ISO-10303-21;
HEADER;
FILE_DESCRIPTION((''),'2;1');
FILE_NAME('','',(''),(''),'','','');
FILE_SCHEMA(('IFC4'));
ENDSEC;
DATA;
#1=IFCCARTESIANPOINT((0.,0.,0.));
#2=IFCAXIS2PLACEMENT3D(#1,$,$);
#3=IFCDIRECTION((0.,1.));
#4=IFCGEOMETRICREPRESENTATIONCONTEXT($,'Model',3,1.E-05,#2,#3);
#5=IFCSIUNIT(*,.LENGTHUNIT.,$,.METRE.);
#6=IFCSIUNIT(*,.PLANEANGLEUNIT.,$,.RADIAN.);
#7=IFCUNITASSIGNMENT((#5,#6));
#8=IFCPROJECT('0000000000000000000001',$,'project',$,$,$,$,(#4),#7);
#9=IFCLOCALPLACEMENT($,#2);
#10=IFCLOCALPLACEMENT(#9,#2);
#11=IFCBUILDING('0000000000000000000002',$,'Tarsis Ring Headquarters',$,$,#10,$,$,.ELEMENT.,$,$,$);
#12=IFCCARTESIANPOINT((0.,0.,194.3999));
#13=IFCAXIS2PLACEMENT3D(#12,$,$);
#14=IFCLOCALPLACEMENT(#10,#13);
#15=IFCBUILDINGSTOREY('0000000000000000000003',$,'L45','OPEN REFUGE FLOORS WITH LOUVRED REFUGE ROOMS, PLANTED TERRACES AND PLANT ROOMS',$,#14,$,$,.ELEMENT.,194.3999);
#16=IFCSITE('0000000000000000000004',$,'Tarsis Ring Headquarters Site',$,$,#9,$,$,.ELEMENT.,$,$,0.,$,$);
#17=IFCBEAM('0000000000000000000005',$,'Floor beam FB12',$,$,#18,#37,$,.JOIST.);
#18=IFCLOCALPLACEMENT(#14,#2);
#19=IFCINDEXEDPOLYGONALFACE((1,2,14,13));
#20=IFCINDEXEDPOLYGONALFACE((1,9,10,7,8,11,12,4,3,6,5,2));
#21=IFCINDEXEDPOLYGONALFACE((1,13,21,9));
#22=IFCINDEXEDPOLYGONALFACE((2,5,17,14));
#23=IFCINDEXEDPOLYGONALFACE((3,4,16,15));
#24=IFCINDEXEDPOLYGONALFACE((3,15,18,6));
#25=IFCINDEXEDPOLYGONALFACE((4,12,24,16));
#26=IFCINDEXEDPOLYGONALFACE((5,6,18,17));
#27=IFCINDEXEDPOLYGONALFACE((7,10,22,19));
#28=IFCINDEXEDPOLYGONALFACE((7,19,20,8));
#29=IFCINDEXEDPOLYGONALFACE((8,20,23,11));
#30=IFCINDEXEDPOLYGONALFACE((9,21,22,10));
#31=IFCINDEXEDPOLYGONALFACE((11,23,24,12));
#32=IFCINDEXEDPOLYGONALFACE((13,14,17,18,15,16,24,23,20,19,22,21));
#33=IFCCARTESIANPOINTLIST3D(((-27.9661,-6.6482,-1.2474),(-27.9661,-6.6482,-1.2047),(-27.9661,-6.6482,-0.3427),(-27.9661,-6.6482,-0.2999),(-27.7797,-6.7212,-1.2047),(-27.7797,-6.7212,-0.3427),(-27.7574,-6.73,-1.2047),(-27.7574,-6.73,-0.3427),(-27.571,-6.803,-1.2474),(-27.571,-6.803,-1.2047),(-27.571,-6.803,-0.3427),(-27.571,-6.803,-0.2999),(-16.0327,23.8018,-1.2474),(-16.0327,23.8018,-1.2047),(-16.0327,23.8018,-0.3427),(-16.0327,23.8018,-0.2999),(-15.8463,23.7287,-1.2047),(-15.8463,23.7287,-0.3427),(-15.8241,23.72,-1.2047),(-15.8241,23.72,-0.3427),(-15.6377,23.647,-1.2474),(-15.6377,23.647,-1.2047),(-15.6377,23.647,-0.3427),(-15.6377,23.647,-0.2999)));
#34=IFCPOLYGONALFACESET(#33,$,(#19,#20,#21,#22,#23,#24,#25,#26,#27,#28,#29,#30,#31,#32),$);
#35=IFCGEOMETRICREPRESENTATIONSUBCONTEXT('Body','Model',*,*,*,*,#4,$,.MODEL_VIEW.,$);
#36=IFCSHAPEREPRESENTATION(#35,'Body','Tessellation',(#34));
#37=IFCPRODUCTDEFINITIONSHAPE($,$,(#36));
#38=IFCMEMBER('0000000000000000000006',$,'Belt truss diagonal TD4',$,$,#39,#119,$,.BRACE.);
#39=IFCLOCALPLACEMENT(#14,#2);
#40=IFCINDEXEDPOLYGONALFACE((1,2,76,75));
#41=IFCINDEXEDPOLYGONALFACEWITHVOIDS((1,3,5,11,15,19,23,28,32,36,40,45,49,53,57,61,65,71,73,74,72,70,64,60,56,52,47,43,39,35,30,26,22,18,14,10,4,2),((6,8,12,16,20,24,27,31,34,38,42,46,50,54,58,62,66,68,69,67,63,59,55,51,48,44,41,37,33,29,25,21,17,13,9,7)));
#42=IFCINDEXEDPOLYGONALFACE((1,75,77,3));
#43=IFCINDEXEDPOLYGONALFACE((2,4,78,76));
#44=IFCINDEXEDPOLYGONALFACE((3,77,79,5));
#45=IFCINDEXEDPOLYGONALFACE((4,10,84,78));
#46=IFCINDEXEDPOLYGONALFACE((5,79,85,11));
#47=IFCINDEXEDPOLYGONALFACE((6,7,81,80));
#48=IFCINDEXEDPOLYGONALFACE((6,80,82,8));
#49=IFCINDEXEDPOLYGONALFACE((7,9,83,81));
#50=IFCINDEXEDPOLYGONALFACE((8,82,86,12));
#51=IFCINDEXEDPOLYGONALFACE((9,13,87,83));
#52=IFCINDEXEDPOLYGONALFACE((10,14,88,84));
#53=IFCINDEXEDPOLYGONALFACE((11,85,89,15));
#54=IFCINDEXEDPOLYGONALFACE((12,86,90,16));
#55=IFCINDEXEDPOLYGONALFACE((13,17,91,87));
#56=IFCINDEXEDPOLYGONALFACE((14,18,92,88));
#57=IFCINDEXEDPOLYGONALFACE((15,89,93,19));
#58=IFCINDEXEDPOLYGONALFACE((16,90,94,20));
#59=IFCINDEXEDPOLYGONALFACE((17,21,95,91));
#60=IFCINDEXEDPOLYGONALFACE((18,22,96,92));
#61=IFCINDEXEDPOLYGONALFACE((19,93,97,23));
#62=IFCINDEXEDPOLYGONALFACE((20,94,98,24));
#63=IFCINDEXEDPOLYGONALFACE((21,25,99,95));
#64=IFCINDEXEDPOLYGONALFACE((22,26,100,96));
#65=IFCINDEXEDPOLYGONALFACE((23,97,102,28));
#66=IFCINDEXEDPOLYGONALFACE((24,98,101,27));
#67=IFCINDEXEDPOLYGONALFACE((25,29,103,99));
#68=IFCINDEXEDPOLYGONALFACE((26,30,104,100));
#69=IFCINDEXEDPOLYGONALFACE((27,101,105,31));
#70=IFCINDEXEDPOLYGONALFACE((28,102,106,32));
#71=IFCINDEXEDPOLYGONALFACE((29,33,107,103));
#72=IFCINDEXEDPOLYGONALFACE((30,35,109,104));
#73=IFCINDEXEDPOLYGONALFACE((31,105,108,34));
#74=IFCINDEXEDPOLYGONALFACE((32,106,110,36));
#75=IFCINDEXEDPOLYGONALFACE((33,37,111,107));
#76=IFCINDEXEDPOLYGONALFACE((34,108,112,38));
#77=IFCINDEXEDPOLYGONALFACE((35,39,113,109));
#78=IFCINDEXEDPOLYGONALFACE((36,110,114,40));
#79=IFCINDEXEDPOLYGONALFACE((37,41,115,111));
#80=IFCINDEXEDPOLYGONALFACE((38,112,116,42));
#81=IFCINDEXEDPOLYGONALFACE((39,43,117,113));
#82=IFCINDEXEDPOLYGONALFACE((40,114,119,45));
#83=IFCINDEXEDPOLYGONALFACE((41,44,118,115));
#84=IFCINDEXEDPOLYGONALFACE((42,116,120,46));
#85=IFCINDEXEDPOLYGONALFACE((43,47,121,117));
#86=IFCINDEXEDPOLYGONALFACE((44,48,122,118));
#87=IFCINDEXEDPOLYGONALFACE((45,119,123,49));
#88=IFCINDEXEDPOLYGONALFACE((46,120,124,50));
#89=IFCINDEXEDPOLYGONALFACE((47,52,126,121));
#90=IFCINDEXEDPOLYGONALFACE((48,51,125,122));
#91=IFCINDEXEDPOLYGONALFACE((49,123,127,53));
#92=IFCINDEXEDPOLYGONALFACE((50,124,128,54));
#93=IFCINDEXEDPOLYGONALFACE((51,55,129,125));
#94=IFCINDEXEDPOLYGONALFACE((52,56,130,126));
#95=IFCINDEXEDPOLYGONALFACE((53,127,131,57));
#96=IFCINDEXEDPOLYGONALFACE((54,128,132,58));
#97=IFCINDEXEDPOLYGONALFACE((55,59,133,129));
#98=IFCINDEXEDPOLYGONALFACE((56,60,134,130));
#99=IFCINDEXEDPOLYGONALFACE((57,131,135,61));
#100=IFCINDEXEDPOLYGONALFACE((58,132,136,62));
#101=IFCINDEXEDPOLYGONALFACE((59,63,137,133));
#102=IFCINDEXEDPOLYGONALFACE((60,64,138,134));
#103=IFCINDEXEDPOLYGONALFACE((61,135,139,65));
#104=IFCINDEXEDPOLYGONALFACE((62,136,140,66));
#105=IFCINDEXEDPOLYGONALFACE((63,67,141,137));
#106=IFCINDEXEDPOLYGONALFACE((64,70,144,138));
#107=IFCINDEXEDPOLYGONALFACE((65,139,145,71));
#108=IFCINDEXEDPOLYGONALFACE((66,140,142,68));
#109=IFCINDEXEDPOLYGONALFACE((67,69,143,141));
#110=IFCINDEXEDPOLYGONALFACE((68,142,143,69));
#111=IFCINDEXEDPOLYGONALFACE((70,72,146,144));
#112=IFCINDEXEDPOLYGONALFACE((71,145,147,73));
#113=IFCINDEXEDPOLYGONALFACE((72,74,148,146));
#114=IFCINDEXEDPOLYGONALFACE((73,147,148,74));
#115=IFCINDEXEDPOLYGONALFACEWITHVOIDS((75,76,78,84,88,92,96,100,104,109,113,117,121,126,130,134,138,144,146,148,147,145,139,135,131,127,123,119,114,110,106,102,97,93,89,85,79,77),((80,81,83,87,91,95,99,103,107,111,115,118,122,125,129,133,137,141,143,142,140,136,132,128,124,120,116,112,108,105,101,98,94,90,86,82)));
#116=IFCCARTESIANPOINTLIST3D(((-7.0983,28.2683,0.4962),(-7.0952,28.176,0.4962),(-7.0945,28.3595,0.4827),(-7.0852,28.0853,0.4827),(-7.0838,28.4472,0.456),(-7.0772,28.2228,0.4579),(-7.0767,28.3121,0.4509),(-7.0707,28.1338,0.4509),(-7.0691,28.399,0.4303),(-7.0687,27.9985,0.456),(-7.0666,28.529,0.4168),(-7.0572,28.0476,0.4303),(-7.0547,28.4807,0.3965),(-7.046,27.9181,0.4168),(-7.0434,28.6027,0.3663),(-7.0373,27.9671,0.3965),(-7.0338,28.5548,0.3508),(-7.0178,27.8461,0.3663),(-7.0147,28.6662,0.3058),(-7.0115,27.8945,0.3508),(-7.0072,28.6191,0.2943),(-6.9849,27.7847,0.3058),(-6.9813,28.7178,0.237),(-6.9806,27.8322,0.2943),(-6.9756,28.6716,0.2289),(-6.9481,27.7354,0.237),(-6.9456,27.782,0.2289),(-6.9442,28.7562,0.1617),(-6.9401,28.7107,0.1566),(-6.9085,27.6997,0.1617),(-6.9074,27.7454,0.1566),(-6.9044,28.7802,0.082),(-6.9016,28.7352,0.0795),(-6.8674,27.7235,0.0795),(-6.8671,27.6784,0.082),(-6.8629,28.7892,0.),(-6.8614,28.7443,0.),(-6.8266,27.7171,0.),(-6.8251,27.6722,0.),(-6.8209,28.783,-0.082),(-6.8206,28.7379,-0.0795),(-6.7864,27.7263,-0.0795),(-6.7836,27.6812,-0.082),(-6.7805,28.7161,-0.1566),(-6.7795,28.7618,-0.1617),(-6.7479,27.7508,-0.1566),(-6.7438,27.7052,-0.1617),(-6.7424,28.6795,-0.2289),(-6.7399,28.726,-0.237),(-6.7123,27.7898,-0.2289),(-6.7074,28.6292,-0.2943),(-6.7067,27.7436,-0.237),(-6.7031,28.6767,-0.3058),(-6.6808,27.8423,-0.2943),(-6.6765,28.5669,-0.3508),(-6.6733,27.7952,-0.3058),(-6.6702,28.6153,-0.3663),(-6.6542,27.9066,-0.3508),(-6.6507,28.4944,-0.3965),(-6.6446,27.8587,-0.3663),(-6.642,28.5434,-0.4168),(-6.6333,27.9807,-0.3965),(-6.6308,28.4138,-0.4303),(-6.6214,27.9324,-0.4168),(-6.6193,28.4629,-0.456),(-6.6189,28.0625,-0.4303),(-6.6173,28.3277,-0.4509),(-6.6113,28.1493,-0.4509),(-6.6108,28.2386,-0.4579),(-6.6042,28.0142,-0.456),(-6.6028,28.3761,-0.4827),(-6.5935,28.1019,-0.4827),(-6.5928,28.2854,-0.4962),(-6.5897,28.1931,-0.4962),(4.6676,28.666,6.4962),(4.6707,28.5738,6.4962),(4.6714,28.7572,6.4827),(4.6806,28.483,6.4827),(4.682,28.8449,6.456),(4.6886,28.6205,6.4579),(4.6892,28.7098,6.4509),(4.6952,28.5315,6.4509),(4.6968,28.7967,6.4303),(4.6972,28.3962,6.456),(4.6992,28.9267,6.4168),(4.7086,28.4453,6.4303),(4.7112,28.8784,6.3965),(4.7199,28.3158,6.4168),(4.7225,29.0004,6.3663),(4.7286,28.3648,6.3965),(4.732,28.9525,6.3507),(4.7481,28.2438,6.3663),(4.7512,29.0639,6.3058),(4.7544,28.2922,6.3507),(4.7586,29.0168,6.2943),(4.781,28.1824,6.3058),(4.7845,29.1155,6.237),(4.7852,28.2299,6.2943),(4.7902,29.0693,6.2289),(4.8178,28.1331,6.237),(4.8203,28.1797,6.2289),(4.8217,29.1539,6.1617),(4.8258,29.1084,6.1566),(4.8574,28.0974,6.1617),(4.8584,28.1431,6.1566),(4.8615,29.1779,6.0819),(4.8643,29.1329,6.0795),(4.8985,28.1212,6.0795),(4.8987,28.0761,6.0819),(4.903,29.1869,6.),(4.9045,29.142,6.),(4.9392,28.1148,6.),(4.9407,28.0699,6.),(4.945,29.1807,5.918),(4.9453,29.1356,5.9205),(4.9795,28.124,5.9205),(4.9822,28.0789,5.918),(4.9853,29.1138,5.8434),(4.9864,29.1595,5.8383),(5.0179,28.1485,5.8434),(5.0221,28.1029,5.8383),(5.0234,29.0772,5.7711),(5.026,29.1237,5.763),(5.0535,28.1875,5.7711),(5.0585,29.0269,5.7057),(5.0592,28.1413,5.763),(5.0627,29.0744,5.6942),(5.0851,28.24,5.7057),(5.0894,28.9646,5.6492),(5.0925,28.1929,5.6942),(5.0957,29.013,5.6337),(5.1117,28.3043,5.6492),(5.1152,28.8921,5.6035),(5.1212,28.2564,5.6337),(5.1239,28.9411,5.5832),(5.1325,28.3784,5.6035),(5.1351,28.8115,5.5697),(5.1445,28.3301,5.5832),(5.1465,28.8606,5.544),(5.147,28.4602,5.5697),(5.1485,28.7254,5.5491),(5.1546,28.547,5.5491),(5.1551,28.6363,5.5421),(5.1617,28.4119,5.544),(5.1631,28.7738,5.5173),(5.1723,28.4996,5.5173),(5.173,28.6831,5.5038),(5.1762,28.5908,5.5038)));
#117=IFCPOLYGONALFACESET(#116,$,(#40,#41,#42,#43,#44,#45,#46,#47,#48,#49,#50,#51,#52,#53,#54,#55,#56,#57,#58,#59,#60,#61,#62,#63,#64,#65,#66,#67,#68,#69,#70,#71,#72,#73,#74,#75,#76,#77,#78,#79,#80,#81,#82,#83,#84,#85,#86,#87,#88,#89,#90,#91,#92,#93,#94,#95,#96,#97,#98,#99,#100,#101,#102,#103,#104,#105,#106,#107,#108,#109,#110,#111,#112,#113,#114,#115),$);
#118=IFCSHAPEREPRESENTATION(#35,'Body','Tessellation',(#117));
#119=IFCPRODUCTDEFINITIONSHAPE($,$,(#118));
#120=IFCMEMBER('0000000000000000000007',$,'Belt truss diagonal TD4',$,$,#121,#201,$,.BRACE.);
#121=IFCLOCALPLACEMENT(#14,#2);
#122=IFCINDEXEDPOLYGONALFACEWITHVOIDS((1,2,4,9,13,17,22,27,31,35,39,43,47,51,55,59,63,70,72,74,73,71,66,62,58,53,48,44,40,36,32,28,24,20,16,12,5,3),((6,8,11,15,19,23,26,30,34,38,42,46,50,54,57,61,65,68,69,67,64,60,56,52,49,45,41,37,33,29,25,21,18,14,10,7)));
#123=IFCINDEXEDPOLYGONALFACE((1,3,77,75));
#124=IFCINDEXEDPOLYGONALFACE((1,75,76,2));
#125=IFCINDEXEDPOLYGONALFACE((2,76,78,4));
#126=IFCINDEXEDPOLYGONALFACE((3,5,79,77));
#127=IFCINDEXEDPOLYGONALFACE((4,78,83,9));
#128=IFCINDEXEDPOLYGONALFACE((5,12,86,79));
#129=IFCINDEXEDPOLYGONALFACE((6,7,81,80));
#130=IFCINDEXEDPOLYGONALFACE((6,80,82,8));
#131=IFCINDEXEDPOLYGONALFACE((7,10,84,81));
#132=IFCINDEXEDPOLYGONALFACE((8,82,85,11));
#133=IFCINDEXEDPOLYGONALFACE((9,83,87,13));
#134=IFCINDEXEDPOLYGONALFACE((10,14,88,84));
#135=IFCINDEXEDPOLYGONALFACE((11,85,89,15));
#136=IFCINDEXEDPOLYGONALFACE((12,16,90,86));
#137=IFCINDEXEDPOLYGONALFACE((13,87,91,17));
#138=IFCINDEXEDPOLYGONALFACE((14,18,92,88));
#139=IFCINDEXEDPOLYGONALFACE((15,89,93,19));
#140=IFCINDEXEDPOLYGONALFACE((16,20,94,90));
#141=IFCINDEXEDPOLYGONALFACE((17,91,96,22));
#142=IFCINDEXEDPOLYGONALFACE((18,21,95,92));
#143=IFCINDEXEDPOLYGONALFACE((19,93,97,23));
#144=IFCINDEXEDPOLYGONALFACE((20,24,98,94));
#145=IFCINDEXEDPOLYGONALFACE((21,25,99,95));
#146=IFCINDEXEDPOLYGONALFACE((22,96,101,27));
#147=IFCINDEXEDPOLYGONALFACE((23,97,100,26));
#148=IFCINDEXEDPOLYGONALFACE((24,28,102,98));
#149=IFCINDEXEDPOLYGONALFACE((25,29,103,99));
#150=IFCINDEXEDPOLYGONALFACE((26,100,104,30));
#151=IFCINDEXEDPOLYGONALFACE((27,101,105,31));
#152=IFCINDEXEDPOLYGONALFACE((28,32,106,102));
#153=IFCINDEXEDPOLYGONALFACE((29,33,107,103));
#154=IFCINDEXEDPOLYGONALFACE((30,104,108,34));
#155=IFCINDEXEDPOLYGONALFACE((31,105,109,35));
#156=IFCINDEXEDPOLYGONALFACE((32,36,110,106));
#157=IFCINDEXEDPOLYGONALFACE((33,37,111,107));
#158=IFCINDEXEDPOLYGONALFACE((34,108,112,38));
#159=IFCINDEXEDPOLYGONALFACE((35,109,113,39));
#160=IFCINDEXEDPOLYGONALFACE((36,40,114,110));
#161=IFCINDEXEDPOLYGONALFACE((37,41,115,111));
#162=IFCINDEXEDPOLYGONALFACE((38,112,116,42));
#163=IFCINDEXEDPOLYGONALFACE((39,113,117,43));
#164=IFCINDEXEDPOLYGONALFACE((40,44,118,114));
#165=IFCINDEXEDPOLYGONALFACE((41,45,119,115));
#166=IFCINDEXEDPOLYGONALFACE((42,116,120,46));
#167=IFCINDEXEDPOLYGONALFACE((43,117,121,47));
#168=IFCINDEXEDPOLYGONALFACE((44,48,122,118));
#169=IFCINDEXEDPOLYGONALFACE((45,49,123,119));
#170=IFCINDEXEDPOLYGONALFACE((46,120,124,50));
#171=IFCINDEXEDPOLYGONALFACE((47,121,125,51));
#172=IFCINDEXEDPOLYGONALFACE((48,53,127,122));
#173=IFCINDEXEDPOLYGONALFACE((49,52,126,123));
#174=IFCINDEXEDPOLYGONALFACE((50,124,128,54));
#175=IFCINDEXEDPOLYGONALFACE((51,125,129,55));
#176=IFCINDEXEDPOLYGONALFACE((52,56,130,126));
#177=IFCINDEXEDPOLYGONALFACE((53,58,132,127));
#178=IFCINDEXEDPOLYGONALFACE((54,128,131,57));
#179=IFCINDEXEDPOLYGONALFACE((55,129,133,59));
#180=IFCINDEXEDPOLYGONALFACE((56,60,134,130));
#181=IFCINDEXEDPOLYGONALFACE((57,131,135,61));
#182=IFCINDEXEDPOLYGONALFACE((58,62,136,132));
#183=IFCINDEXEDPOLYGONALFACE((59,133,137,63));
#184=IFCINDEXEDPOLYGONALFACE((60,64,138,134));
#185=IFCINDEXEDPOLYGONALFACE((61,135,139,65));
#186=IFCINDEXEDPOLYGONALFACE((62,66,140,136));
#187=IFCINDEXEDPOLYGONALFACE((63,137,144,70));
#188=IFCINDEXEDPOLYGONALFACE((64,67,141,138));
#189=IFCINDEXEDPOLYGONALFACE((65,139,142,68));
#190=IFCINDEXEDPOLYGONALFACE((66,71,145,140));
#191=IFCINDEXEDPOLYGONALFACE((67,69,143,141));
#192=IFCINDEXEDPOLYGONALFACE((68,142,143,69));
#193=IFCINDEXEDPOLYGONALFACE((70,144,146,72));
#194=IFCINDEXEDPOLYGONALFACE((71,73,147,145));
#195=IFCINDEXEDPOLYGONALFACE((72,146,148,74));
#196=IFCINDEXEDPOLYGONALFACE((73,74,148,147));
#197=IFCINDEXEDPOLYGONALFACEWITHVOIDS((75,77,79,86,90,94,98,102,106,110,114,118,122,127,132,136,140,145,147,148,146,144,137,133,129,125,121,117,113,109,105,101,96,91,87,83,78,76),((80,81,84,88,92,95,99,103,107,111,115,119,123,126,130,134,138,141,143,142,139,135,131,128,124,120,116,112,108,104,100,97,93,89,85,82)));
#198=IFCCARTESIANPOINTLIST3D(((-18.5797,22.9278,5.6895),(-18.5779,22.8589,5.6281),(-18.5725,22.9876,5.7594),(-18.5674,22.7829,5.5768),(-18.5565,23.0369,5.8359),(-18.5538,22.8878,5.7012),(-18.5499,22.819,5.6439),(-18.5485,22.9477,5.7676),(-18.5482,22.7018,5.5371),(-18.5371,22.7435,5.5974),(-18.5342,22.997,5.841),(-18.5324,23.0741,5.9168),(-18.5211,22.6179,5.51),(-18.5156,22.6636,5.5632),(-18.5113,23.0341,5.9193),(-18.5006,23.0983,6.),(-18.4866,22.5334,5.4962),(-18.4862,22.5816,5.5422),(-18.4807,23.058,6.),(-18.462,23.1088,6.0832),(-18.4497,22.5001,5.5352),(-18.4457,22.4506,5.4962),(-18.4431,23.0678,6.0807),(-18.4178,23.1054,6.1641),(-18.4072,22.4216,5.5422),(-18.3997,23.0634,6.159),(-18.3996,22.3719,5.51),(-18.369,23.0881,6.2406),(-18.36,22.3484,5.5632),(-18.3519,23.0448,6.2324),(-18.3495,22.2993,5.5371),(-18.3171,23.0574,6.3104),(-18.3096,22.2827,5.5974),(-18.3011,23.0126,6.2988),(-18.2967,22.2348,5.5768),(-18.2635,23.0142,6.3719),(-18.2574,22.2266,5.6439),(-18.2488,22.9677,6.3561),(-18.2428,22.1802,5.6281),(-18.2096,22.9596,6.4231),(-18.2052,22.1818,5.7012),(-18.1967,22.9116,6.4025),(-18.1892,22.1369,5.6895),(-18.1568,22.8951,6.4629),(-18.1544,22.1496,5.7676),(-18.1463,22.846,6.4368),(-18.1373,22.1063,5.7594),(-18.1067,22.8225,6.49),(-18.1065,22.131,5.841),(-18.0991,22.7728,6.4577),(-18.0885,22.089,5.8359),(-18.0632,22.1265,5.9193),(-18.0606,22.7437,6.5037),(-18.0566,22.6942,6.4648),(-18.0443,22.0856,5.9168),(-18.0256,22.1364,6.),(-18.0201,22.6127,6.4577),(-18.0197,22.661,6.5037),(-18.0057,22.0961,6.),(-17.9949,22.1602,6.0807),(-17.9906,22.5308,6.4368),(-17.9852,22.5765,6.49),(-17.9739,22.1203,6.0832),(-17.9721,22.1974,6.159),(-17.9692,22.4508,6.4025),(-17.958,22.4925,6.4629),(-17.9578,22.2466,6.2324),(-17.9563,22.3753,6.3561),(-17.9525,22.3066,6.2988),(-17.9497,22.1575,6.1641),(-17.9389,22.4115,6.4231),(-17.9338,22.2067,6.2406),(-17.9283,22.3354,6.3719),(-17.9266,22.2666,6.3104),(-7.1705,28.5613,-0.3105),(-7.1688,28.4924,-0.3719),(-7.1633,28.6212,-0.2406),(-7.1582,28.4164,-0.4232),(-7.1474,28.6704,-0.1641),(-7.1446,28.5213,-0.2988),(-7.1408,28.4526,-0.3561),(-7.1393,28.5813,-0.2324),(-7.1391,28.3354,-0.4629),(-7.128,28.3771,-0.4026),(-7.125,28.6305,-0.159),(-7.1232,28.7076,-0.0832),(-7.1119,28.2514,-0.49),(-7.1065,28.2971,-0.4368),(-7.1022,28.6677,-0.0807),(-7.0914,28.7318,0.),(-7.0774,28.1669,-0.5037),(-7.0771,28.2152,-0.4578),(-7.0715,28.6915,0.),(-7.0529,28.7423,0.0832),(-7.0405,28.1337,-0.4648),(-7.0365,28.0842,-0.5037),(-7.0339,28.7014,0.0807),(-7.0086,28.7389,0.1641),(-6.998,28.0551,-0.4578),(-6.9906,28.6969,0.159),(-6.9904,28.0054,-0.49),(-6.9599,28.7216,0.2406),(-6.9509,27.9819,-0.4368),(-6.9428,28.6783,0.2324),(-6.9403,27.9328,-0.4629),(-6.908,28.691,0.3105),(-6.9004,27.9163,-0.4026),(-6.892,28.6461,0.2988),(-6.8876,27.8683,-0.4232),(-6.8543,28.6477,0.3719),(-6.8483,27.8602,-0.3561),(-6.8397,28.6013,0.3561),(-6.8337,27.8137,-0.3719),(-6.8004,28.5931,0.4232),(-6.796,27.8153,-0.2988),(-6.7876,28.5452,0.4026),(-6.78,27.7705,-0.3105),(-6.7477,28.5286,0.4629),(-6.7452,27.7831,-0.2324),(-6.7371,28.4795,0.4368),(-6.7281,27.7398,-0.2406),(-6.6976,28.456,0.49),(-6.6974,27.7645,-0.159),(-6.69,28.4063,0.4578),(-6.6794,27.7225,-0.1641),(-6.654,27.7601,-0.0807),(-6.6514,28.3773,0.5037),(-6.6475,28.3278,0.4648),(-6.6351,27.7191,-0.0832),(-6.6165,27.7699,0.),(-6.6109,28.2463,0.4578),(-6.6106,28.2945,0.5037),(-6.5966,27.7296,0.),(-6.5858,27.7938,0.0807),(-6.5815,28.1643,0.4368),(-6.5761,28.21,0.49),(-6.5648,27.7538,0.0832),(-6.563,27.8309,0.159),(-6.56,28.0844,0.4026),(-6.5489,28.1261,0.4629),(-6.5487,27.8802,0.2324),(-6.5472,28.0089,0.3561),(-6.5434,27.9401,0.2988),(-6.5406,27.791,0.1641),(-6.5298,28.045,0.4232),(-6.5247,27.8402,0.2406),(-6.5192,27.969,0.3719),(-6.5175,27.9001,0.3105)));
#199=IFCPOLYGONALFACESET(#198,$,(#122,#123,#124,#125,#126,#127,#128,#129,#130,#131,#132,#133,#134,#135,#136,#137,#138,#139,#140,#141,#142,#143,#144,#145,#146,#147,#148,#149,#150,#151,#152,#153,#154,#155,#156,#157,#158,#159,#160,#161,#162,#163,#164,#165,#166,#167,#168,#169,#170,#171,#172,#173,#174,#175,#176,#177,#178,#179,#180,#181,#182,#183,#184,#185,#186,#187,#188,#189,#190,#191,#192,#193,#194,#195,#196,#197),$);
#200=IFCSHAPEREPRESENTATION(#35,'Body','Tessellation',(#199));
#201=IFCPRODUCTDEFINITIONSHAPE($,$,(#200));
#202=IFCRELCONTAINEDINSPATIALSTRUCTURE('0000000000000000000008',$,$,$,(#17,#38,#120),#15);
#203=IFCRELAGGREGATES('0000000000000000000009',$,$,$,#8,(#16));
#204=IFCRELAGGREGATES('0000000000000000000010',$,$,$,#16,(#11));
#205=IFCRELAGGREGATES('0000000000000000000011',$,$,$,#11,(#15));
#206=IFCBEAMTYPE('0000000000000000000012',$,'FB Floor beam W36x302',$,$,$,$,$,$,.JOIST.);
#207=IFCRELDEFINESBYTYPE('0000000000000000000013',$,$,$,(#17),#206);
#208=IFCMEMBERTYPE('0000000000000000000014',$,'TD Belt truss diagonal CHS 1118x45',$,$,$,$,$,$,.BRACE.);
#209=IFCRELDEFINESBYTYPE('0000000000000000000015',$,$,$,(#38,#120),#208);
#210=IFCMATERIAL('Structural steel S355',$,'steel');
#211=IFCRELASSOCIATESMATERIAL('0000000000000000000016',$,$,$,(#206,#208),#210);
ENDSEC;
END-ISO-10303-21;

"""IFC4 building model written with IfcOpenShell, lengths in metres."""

from ifc_helpers import new_model, si_unit, direction, frame, origin, origin_2d, place, context, subcontext, project, spatial, hollow_circle, i_section, extrude, material, material_profile, profile_set, type_object, element, save


model = new_model("IFC4")

# Units and contexts
model_context = context("Model", 3, precision=1e-05, world=origin(), true_north=direction((0.0, 1.0)))
body_context = subcontext(model_context, "Body", "Model", "MODEL_VIEW")
ifc_project = project(units=[si_unit("LENGTHUNIT", "METRE"), si_unit("PLANEANGLEUNIT", "RADIAN")], contexts=[model_context])

# Site, building, storey
site_placement = place(None, origin())
site = spatial("IfcSite", under=ifc_project, at=site_placement, Name="Tarsis Ring Headquarters Site", CompositionType="ELEMENT", RefElevation=0.0)
building_placement = place(site_placement, origin())
building = spatial("IfcBuilding", under=site, at=building_placement, Name="Tarsis Ring Headquarters", CompositionType="ELEMENT")
storey_placement = place(building_placement, frame((0.0, 0.0, 194.3999)))
storey = spatial("IfcBuildingStorey", under=building, at=storey_placement, Name="L45", Description="OPEN REFUGE FLOORS WITH LOUVRED REFUGE ROOMS, PLANTED TERRACES AND PLANT ROOMS", CompositionType="ELEMENT", Elevation=194.3999)

# Shared definitions
ifc_material_1 = material(Name="Structural steel S355", Category="steel")
ifc_material_profile_1 = material_profile(ifc_material_1, hollow_circle(Radius=0.5588, WallThickness=0.0449, at=origin_2d()), Name="CHS 1118x45")
ifc_profile_set_1 = profile_set([ifc_material_profile_1], Name="Structural steel S355")

# Beam
ifc_material_profile_2 = material_profile(ifc_material_1, i_section(OverallWidth=0.4243, OverallDepth=0.9475, WebThickness=0.0239, FlangeThickness=0.0427, at=origin_2d()), Name="W36x302")
ifc_profile_set_2 = profile_set([ifc_material_profile_2], Name="Structural steel S355")
beam_type_1 = type_object("IfcBeamType", Name="FB Floor beam W36x302", PredefinedType="JOIST", material=ifc_profile_set_2)
beam_1_placement = place(storey_placement, frame((-15.8352, 23.7244, -0.7737), z_axis=(-0.364881, -0.931054, 0.0), x_axis=(0.931054, -0.364881, 0.0)))
element("IfcBeam", 1, at=beam_1_placement, inside=storey, type_object=beam_type_1, Name="Floor beam FB12", PredefinedType="JOIST", context=body_context, shape_type="SweptSolid", body=[
    extrude(i_section(OverallWidth=0.4243, OverallDepth=0.9475, WebThickness=0.0239, FlangeThickness=0.0427, at=origin_2d()), origin(), (0.0, 0.0, 1.0), 32.7048),
])

# Members
member_type = type_object("IfcMemberType", Name="TD Belt truss diagonal CHS 1118x45", PredefinedType="BRACE", material=ifc_profile_set_1)
member_1_placement = place(storey_placement, frame((-6.844, 28.2307, 0.0), z_axis=(0.89045, 0.030099, 0.454085), x_axis=(-0.033782, 0.999429, 0.0)))
element("IfcMember", 2, at=member_1_placement, inside=storey, type_object=member_type, Name="Belt truss diagonal TD4", PredefinedType="BRACE", context=body_context, shape_type="SweptSolid", body=[
    extrude(hollow_circle(Radius=0.5588, WallThickness=0.0449, at=origin_2d()), origin(), (0.0, 0.0, 1.0), 13.2134),
])
member_2_placement = place(storey_placement, frame((-6.844, 28.2307, 0.0), z_axis=(-0.811007, -0.400453, 0.426502), x_axis=(0.442741, -0.896649, 0.0)))
element("IfcMember", 3, at=member_2_placement, inside=storey, type_object=member_type, Name="Belt truss diagonal TD4", PredefinedType="BRACE", context=body_context, shape_type="SweptSolid", body=[
    extrude(hollow_circle(Radius=0.5588, WallThickness=0.0449, at=origin_2d()), origin(), (0.0, 0.0, 1.0), 14.0679),
])

save(model, "model.ifc")
